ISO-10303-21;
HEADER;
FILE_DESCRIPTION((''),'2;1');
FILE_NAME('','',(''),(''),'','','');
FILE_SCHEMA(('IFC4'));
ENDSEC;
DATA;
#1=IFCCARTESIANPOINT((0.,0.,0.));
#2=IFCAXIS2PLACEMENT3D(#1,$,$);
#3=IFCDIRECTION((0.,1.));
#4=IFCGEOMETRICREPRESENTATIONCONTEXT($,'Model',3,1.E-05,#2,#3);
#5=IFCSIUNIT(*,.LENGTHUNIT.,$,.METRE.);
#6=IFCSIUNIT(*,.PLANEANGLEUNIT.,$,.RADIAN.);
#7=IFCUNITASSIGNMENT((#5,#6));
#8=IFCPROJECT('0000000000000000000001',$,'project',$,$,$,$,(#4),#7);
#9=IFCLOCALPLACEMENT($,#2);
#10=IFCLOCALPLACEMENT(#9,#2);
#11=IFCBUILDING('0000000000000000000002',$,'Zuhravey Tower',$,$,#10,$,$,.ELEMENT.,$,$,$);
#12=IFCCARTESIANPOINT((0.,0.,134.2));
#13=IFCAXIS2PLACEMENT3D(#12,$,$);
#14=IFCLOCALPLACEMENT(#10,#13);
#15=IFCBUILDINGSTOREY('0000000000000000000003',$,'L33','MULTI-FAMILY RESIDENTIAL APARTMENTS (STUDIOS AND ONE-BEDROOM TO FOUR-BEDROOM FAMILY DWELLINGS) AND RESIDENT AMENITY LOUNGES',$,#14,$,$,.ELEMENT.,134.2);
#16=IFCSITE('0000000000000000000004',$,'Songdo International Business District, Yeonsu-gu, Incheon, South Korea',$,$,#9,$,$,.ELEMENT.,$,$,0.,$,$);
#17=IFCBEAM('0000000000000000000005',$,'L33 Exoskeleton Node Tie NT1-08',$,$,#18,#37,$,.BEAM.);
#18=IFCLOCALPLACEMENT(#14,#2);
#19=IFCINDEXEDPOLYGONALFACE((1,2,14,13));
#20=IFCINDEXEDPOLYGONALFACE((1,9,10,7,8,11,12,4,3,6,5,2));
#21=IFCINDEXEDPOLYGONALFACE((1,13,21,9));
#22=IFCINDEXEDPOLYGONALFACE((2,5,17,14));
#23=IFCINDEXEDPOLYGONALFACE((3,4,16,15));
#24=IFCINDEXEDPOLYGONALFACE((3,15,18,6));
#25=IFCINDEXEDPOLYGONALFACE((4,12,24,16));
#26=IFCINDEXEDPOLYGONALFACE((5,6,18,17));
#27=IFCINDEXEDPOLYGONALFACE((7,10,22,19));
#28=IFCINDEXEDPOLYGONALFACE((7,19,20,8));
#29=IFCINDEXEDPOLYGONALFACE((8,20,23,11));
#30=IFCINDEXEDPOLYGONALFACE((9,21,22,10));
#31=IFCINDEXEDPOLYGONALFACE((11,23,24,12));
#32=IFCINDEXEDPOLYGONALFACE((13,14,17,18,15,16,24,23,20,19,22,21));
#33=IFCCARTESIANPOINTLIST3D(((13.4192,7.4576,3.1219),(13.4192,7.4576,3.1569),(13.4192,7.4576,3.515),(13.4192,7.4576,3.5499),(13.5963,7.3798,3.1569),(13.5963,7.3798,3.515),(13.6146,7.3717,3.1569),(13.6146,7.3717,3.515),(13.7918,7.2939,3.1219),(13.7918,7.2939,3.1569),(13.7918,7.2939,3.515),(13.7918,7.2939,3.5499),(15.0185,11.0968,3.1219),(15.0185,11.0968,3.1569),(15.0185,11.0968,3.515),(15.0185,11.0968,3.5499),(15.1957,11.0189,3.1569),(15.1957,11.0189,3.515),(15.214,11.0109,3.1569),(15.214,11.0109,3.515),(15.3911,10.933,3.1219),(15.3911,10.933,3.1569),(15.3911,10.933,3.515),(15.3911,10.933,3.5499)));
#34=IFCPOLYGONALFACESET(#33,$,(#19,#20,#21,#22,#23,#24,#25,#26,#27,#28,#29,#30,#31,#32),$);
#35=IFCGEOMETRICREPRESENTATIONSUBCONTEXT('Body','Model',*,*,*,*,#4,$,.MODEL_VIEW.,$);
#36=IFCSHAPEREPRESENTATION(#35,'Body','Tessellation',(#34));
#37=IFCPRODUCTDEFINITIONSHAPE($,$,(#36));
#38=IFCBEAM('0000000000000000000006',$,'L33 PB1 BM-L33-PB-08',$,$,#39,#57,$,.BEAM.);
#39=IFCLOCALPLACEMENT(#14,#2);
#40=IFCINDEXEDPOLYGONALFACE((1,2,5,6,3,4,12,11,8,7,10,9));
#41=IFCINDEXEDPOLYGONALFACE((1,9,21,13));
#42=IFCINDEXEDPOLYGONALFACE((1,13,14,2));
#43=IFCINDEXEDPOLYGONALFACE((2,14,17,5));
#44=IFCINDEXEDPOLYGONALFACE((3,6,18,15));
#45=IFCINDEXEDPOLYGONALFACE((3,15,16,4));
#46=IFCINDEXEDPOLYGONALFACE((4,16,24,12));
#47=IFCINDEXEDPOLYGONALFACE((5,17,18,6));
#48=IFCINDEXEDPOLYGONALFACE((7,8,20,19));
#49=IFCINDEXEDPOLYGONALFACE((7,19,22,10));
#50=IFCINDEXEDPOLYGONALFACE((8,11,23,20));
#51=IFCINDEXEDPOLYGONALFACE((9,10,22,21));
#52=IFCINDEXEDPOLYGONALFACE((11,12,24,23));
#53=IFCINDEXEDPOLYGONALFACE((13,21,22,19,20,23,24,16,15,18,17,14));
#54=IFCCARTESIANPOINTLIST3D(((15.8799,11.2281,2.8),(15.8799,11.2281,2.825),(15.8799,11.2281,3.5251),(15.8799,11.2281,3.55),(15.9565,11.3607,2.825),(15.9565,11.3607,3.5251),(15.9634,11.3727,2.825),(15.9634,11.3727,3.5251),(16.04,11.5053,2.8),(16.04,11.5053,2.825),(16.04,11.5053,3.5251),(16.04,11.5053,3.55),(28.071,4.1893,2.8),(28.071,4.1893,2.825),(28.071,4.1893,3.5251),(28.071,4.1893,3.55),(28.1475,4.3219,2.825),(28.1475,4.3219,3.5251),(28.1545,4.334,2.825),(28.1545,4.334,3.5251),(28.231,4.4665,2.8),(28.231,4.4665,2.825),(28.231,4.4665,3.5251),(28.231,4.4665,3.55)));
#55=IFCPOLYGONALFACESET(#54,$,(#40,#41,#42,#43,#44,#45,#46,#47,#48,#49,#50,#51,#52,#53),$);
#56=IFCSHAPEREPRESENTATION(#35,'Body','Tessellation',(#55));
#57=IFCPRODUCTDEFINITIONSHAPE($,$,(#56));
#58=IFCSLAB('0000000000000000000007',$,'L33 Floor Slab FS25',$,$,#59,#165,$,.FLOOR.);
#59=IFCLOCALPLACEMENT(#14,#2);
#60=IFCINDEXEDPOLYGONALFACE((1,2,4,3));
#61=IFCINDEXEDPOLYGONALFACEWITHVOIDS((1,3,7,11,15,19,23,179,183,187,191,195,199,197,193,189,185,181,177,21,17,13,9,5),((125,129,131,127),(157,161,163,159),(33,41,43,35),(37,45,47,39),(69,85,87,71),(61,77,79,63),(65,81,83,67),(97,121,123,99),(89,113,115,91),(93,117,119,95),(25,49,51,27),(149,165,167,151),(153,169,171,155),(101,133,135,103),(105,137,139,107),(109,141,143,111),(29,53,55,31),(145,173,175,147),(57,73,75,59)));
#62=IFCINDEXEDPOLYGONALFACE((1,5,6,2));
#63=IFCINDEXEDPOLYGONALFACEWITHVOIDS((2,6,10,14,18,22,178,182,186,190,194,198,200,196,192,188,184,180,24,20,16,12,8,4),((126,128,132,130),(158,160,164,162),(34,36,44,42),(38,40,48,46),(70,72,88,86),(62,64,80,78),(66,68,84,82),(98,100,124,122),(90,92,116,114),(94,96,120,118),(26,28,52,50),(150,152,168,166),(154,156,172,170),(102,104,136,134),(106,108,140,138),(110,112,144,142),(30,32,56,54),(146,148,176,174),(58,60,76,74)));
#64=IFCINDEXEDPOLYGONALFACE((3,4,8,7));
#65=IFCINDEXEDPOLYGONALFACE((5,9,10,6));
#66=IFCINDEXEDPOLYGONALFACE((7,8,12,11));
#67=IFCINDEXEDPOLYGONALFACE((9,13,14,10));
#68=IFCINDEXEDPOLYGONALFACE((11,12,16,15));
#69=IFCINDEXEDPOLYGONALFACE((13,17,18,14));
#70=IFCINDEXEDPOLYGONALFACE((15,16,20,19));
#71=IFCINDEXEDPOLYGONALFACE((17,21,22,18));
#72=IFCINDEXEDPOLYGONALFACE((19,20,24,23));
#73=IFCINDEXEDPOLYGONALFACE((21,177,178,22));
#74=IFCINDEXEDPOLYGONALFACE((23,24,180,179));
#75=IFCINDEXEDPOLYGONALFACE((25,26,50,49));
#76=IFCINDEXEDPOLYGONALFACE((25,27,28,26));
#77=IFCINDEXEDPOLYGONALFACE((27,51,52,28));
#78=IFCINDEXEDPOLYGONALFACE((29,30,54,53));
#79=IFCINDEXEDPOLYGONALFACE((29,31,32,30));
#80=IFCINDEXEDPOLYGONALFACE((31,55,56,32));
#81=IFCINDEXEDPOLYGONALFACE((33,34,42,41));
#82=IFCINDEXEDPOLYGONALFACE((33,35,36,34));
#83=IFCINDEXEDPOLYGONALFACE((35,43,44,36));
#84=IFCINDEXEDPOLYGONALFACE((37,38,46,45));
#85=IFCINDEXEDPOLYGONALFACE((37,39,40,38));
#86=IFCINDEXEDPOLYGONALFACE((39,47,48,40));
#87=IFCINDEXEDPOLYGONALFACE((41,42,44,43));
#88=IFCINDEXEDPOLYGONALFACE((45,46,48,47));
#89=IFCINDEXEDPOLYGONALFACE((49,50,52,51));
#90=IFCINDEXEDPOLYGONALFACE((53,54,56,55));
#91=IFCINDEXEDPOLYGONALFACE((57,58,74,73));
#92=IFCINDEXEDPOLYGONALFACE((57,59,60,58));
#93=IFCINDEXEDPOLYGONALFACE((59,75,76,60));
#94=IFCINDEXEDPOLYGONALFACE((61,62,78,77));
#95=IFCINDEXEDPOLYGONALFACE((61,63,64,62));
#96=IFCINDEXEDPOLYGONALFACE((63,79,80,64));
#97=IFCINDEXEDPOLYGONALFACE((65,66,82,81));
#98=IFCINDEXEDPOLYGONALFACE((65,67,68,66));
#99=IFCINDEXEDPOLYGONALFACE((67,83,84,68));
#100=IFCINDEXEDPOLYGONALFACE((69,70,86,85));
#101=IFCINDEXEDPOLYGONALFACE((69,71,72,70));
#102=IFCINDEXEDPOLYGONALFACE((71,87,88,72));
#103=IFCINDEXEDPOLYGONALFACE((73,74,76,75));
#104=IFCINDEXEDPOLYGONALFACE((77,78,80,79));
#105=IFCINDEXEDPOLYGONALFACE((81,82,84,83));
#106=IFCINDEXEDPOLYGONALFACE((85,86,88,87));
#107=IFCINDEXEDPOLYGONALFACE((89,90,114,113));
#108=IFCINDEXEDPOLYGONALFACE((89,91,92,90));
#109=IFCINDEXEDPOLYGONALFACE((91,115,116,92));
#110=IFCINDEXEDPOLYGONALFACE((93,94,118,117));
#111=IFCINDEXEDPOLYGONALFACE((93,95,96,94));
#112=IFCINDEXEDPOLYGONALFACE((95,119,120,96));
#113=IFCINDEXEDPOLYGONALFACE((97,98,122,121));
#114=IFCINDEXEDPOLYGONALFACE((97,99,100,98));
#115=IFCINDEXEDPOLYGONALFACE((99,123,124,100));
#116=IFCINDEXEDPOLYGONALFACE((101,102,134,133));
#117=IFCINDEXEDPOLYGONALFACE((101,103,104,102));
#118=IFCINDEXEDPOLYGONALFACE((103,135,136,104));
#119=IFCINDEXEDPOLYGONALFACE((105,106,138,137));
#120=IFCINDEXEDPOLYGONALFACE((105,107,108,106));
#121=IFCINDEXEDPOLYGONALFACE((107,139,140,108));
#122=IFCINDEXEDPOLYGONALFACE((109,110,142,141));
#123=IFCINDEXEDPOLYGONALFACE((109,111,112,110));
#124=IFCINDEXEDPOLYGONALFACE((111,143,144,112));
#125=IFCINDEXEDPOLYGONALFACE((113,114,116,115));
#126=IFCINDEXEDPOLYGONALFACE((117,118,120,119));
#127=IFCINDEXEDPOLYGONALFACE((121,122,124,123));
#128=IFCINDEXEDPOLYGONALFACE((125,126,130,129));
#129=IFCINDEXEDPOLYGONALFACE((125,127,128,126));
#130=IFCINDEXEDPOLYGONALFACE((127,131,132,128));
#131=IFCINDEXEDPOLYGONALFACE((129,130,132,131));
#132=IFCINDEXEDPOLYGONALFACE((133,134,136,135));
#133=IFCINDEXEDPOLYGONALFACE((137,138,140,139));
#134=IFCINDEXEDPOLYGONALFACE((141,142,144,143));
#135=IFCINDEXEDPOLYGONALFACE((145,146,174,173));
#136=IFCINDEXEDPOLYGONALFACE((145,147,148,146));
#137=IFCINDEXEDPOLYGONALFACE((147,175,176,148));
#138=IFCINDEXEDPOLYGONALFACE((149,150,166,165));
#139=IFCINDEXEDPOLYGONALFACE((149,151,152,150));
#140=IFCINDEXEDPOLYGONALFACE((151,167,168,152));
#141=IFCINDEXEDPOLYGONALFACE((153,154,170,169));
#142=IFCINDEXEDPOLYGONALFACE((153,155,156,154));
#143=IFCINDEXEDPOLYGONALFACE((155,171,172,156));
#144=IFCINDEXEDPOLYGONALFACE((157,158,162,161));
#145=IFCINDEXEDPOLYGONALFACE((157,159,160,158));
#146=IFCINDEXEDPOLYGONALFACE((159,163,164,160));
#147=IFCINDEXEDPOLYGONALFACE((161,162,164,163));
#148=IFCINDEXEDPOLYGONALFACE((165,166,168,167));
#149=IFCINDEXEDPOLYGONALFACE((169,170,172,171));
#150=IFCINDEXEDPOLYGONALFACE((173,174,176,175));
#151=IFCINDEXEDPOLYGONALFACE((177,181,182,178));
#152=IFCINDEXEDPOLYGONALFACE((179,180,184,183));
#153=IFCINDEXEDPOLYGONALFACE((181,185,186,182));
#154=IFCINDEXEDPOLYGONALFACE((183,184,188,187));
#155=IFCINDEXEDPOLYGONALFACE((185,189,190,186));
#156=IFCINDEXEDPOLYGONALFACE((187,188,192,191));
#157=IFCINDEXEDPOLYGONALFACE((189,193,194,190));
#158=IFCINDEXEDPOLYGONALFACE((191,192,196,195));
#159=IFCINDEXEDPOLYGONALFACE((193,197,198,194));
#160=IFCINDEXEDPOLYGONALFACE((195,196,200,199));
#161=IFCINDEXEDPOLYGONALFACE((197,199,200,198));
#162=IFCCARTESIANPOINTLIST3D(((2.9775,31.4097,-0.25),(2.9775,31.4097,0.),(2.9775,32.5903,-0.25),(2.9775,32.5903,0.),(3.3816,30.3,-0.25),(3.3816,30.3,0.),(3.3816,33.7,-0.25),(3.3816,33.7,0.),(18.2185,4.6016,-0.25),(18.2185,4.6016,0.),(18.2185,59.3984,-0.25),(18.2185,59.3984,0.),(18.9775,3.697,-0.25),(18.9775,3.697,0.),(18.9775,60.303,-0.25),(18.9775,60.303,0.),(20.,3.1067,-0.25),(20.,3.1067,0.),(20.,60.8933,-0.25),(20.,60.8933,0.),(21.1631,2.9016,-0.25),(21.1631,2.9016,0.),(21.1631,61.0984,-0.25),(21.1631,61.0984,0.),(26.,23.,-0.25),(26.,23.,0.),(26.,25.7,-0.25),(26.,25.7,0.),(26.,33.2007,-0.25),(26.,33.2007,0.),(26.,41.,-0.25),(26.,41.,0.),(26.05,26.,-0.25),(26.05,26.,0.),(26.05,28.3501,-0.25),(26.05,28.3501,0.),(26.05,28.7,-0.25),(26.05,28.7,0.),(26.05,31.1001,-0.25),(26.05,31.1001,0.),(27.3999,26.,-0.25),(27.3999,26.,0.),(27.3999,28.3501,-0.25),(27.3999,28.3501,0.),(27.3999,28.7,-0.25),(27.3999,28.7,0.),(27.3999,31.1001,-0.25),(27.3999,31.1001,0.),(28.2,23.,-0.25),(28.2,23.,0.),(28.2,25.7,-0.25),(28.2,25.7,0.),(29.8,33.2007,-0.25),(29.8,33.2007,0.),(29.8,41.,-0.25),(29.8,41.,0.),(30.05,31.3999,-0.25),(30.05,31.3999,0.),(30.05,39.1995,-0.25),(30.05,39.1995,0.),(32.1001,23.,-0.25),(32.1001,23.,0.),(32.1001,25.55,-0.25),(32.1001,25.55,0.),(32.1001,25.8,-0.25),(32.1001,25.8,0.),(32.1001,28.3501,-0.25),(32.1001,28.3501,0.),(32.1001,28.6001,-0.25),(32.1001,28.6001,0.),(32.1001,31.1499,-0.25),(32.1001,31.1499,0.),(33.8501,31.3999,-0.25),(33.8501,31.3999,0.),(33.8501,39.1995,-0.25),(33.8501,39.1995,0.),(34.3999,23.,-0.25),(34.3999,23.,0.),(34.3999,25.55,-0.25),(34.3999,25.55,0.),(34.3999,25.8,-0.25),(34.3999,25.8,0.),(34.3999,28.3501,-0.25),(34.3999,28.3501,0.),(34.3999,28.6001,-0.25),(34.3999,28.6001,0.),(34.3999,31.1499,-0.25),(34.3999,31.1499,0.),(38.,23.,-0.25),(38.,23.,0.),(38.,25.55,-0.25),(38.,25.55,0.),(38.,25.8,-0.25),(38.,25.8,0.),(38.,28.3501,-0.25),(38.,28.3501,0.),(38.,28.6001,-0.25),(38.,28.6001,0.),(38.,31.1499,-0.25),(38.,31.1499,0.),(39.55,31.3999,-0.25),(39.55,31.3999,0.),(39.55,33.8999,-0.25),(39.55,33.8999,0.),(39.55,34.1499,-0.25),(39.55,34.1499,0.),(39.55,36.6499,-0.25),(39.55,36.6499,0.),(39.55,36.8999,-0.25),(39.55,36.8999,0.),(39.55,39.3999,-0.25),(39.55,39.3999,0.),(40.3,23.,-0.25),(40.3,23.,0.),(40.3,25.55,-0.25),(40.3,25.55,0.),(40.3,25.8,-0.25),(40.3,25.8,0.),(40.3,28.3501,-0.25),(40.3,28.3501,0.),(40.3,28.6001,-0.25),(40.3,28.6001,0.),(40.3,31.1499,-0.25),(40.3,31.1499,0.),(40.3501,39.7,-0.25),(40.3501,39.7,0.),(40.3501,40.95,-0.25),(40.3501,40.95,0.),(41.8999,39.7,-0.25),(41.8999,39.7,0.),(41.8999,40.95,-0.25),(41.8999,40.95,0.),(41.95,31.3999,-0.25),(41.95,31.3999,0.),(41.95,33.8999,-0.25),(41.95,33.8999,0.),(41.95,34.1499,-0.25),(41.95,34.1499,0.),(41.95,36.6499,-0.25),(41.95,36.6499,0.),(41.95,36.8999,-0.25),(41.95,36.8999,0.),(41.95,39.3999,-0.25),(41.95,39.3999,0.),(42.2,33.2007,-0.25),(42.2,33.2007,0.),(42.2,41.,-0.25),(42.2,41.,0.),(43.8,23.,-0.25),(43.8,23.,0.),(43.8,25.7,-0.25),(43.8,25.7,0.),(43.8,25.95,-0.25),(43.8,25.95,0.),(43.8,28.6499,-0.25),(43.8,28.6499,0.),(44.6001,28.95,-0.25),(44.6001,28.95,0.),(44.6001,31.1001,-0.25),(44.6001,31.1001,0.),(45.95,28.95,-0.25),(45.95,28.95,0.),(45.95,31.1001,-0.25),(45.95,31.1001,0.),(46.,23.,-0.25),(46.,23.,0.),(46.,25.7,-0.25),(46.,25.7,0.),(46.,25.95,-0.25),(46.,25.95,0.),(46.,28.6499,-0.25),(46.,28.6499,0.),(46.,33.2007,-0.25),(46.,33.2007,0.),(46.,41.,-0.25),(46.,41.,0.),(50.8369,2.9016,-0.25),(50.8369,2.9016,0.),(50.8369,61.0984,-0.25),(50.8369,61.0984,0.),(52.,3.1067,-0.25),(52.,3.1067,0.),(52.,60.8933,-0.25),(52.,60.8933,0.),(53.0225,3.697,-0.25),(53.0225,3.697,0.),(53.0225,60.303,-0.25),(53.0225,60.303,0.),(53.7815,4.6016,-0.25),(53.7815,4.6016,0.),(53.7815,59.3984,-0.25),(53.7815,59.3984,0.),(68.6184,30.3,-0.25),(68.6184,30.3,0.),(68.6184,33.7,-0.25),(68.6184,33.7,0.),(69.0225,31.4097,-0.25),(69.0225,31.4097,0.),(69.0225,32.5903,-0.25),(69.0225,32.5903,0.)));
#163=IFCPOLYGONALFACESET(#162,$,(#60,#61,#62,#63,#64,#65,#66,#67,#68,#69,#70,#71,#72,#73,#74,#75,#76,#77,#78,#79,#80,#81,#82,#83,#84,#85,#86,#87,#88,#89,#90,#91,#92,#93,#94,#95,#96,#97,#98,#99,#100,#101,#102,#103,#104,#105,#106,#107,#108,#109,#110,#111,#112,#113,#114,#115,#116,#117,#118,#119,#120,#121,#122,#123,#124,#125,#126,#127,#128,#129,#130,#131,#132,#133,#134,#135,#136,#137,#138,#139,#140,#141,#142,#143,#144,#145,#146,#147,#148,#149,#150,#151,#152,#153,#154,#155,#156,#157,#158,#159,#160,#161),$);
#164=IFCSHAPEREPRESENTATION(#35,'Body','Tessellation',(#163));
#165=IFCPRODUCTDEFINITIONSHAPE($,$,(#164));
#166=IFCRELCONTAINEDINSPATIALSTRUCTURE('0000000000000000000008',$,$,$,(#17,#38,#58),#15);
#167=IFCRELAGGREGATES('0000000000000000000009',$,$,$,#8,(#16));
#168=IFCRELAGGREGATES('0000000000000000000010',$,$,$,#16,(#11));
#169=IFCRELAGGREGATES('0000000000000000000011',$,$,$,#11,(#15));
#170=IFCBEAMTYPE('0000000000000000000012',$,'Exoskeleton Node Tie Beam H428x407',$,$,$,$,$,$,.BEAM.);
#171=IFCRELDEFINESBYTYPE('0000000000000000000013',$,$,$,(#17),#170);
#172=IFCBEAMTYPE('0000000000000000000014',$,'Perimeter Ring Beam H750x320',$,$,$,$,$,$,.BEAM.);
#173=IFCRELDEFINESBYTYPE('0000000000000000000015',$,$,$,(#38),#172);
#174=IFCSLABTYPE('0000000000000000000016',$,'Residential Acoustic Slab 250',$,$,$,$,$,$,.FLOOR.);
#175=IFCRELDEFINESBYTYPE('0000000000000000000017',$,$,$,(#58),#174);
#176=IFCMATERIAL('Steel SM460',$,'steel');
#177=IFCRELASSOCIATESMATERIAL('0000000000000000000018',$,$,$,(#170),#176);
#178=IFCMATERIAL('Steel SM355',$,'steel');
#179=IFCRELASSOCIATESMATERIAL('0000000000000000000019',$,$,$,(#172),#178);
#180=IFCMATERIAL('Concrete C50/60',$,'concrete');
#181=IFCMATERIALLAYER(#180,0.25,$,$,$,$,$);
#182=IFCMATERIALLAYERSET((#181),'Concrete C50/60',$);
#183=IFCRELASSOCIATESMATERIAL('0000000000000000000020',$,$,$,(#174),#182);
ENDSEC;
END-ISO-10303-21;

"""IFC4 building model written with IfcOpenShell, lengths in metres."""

from ifc_helpers import new_model, si_unit, direction, frame, origin, origin_2d, place, context, subcontext, project, spatial, polyline, i_section, outline, extrude, material, layer, layer_set, material_profile, profile_set, type_object, element, save


model = new_model("IFC4")

# Units and contexts
model_context = context("Model", 3, precision=1e-05, world=origin(), true_north=direction((0.0, 1.0)))
body_context = subcontext(model_context, "Body", "Model", "MODEL_VIEW")
ifc_project = project(units=[si_unit("LENGTHUNIT", "METRE"), si_unit("PLANEANGLEUNIT", "RADIAN")], contexts=[model_context])

# Site, building, storey
site_placement = place(None, origin())
site = spatial("IfcSite", under=ifc_project, at=site_placement, Name="Songdo International Business District, Yeonsu-gu, Incheon, South Korea", CompositionType="ELEMENT", RefElevation=0.0)
building_placement = place(site_placement, origin())
building = spatial("IfcBuilding", under=site, at=building_placement, Name="Zuhravey Tower", CompositionType="ELEMENT")
storey_placement = place(building_placement, frame((0.0, 0.0, 134.2)))
storey = spatial("IfcBuildingStorey", under=building, at=storey_placement, Name="L33", Description="MULTI-FAMILY RESIDENTIAL APARTMENTS (STUDIOS AND ONE-BEDROOM TO FOUR-BEDROOM FAMILY DWELLINGS) AND RESIDENT AMENITY LOUNGES", CompositionType="ELEMENT", Elevation=134.2)

# Beams
ifc_material_1 = material(Name="Steel SM460", Category="steel")
ifc_material_profile_1 = material_profile(ifc_material_1, i_section(OverallWidth=0.407, OverallDepth=0.428, WebThickness=0.02, FlangeThickness=0.0349, at=origin_2d()), Name="H-428x407x20x35")
ifc_profile_set_1 = profile_set([ifc_material_profile_1], Name="Steel SM460")
beam_type_1 = type_object("IfcBeamType", Name="Exoskeleton Node Tie Beam H428x407", PredefinedType="BEAM", material=ifc_profile_set_1)
beam_1_placement = place(storey_placement, frame((15.2048, 11.0149, 3.3359), z_axis=(-0.402345, -0.915488, 0.0), x_axis=(0.915488, -0.402345, 0.0)))
element("IfcBeam", 1, at=beam_1_placement, inside=storey, type_object=beam_type_1, Name="L33 Exoskeleton Node Tie NT1-08", PredefinedType="BEAM", context=body_context, shape_type="SweptSolid", body=[
    extrude(i_section(OverallWidth=0.407, OverallDepth=0.428, WebThickness=0.02, FlangeThickness=0.0349, at=origin_2d()), origin(), (0.0, 0.0, 1.0), 3.9751),
])
ifc_material_2 = material(Name="Steel SM355", Category="steel")
ifc_material_profile_2 = material_profile(ifc_material_2, i_section(OverallWidth=0.3201, OverallDepth=0.75, WebThickness=0.0139, FlangeThickness=0.0249, at=origin_2d()), Name="H-750x320x14x25")
ifc_profile_set_2 = profile_set([ifc_material_profile_2], Name="Steel SM355")
beam_type_2 = type_object("IfcBeamType", Name="Perimeter Ring Beam H750x320", PredefinedType="BEAM", material=ifc_profile_set_2)
beam_2_placement = place(storey_placement, frame((15.96, 11.3667, 3.175), z_axis=(0.866018, -0.500013, 0.0), x_axis=(0.500013, 0.866018, 0.0)))
element("IfcBeam", 2, at=beam_2_placement, inside=storey, type_object=beam_type_2, Name="L33 PB1 BM-L33-PB-08", PredefinedType="BEAM", context=body_context, shape_type="SweptSolid", body=[
    extrude(i_section(OverallWidth=0.3201, OverallDepth=0.75, WebThickness=0.0139, FlangeThickness=0.0249, at=origin_2d()), origin(), (0.0, 0.0, 1.0), 14.0771),
])

# Slab
ifc_material_3 = material(Name="Concrete C50/60", Category="concrete")
ifc_layer_1 = layer(ifc_material_3, 0.25)
ifc_layer_set_1 = layer_set([ifc_layer_1], Name="Concrete C50/60")
slab_type_1 = type_object("IfcSlabType", Name="Residential Acoustic Slab 250", PredefinedType="FLOOR", material=ifc_layer_set_1)
slab_1_placement = place(storey_placement, frame((0.0, 0.0, -0.25)))
element("IfcSlab", 3, at=slab_1_placement, inside=storey, type_object=slab_type_1, Name="L33 Floor Slab FS25", PredefinedType="FLOOR", context=body_context, shape_type="SweptSolid", body=[
    extrude(outline(polyline([(68.6184, 30.3), (69.0225, 31.4097), (69.0225, 32.5903), (68.6184, 33.7), (53.7815, 59.3984), (53.0225, 60.303), (52.0, 60.8933), (50.8369, 61.0984), (21.1631, 61.0984), (20.0, 60.8933), (18.9775, 60.303), (18.2185, 59.3984), (3.3816, 33.7), (2.9775, 32.5903), (2.9775, 31.4097), (3.3816, 30.3), (18.2185, 4.6016), (18.9775, 3.697), (20.0, 3.1067), (21.1631, 2.9016), (50.8369, 2.9016), (52.0, 3.1067), (53.0225, 3.697), (53.7815, 4.6016), (68.6184, 30.3)]), holes=[polyline([(29.8, 33.2007), (29.8, 41.0), (26.0, 41.0), (26.0, 33.2007), (29.8, 33.2007)]), polyline([(46.0, 33.2007), (46.0, 41.0), (42.2, 41.0), (42.2, 33.2007), (46.0, 33.2007)]), polyline([(30.05, 39.1995), (30.05, 31.3999), (33.8501, 31.3999), (33.8501, 39.1995), (30.05, 39.1995)]), polyline([(32.1001, 23.0), (34.3999, 23.0), (34.3999, 25.55), (32.1001, 25.55), (32.1001, 23.0)]), polyline([(32.1001, 25.8), (34.3999, 25.8), (34.3999, 28.3501), (32.1001, 28.3501), (32.1001, 25.8)]), polyline([(32.1001, 28.6001), (34.3999, 28.6001), (34.3999, 31.1499), (32.1001, 31.1499), (32.1001, 28.6001)]), polyline([(38.0, 23.0), (40.3, 23.0), (40.3, 25.55), (38.0, 25.55), (38.0, 23.0)]), polyline([(38.0, 25.8), (40.3, 25.8), (40.3, 28.3501), (38.0, 28.3501), (38.0, 25.8)]), polyline([(38.0, 28.6001), (40.3, 28.6001), (40.3, 31.1499), (38.0, 31.1499), (38.0, 28.6001)]), polyline([(39.55, 31.3999), (41.95, 31.3999), (41.95, 33.8999), (39.55, 33.8999), (39.55, 31.3999)]), polyline([(39.55, 34.1499), (41.95, 34.1499), (41.95, 36.6499), (39.55, 36.6499), (39.55, 34.1499)]), polyline([(39.55, 36.8999), (41.95, 36.8999), (41.95, 39.3999), (39.55, 39.3999), (39.55, 36.8999)]), polyline([(26.0, 23.0), (28.2, 23.0), (28.2, 25.7), (26.0, 25.7), (26.0, 23.0)]), polyline([(43.8, 23.0), (46.0, 23.0), (46.0, 25.7), (43.8, 25.7), (43.8, 23.0)]), polyline([(43.8, 25.95), (46.0, 25.95), (46.0, 28.6499), (43.8, 28.6499), (43.8, 25.95)]), polyline([(26.05, 26.0), (27.3999, 26.0), (27.3999, 28.3501), (26.05, 28.3501), (26.05, 26.0)]), polyline([(26.05, 28.7), (27.3999, 28.7), (27.3999, 31.1001), (26.05, 31.1001), (26.05, 28.7)]), polyline([(44.6001, 28.95), (45.95, 28.95), (45.95, 31.1001), (44.6001, 31.1001), (44.6001, 28.95)]), polyline([(40.3501, 39.7), (41.8999, 39.7), (41.8999, 40.95), (40.3501, 40.95), (40.3501, 39.7)])]), origin(), (0.0, 0.0, 1.0), 0.25),
])

save(model, "model.ifc")
